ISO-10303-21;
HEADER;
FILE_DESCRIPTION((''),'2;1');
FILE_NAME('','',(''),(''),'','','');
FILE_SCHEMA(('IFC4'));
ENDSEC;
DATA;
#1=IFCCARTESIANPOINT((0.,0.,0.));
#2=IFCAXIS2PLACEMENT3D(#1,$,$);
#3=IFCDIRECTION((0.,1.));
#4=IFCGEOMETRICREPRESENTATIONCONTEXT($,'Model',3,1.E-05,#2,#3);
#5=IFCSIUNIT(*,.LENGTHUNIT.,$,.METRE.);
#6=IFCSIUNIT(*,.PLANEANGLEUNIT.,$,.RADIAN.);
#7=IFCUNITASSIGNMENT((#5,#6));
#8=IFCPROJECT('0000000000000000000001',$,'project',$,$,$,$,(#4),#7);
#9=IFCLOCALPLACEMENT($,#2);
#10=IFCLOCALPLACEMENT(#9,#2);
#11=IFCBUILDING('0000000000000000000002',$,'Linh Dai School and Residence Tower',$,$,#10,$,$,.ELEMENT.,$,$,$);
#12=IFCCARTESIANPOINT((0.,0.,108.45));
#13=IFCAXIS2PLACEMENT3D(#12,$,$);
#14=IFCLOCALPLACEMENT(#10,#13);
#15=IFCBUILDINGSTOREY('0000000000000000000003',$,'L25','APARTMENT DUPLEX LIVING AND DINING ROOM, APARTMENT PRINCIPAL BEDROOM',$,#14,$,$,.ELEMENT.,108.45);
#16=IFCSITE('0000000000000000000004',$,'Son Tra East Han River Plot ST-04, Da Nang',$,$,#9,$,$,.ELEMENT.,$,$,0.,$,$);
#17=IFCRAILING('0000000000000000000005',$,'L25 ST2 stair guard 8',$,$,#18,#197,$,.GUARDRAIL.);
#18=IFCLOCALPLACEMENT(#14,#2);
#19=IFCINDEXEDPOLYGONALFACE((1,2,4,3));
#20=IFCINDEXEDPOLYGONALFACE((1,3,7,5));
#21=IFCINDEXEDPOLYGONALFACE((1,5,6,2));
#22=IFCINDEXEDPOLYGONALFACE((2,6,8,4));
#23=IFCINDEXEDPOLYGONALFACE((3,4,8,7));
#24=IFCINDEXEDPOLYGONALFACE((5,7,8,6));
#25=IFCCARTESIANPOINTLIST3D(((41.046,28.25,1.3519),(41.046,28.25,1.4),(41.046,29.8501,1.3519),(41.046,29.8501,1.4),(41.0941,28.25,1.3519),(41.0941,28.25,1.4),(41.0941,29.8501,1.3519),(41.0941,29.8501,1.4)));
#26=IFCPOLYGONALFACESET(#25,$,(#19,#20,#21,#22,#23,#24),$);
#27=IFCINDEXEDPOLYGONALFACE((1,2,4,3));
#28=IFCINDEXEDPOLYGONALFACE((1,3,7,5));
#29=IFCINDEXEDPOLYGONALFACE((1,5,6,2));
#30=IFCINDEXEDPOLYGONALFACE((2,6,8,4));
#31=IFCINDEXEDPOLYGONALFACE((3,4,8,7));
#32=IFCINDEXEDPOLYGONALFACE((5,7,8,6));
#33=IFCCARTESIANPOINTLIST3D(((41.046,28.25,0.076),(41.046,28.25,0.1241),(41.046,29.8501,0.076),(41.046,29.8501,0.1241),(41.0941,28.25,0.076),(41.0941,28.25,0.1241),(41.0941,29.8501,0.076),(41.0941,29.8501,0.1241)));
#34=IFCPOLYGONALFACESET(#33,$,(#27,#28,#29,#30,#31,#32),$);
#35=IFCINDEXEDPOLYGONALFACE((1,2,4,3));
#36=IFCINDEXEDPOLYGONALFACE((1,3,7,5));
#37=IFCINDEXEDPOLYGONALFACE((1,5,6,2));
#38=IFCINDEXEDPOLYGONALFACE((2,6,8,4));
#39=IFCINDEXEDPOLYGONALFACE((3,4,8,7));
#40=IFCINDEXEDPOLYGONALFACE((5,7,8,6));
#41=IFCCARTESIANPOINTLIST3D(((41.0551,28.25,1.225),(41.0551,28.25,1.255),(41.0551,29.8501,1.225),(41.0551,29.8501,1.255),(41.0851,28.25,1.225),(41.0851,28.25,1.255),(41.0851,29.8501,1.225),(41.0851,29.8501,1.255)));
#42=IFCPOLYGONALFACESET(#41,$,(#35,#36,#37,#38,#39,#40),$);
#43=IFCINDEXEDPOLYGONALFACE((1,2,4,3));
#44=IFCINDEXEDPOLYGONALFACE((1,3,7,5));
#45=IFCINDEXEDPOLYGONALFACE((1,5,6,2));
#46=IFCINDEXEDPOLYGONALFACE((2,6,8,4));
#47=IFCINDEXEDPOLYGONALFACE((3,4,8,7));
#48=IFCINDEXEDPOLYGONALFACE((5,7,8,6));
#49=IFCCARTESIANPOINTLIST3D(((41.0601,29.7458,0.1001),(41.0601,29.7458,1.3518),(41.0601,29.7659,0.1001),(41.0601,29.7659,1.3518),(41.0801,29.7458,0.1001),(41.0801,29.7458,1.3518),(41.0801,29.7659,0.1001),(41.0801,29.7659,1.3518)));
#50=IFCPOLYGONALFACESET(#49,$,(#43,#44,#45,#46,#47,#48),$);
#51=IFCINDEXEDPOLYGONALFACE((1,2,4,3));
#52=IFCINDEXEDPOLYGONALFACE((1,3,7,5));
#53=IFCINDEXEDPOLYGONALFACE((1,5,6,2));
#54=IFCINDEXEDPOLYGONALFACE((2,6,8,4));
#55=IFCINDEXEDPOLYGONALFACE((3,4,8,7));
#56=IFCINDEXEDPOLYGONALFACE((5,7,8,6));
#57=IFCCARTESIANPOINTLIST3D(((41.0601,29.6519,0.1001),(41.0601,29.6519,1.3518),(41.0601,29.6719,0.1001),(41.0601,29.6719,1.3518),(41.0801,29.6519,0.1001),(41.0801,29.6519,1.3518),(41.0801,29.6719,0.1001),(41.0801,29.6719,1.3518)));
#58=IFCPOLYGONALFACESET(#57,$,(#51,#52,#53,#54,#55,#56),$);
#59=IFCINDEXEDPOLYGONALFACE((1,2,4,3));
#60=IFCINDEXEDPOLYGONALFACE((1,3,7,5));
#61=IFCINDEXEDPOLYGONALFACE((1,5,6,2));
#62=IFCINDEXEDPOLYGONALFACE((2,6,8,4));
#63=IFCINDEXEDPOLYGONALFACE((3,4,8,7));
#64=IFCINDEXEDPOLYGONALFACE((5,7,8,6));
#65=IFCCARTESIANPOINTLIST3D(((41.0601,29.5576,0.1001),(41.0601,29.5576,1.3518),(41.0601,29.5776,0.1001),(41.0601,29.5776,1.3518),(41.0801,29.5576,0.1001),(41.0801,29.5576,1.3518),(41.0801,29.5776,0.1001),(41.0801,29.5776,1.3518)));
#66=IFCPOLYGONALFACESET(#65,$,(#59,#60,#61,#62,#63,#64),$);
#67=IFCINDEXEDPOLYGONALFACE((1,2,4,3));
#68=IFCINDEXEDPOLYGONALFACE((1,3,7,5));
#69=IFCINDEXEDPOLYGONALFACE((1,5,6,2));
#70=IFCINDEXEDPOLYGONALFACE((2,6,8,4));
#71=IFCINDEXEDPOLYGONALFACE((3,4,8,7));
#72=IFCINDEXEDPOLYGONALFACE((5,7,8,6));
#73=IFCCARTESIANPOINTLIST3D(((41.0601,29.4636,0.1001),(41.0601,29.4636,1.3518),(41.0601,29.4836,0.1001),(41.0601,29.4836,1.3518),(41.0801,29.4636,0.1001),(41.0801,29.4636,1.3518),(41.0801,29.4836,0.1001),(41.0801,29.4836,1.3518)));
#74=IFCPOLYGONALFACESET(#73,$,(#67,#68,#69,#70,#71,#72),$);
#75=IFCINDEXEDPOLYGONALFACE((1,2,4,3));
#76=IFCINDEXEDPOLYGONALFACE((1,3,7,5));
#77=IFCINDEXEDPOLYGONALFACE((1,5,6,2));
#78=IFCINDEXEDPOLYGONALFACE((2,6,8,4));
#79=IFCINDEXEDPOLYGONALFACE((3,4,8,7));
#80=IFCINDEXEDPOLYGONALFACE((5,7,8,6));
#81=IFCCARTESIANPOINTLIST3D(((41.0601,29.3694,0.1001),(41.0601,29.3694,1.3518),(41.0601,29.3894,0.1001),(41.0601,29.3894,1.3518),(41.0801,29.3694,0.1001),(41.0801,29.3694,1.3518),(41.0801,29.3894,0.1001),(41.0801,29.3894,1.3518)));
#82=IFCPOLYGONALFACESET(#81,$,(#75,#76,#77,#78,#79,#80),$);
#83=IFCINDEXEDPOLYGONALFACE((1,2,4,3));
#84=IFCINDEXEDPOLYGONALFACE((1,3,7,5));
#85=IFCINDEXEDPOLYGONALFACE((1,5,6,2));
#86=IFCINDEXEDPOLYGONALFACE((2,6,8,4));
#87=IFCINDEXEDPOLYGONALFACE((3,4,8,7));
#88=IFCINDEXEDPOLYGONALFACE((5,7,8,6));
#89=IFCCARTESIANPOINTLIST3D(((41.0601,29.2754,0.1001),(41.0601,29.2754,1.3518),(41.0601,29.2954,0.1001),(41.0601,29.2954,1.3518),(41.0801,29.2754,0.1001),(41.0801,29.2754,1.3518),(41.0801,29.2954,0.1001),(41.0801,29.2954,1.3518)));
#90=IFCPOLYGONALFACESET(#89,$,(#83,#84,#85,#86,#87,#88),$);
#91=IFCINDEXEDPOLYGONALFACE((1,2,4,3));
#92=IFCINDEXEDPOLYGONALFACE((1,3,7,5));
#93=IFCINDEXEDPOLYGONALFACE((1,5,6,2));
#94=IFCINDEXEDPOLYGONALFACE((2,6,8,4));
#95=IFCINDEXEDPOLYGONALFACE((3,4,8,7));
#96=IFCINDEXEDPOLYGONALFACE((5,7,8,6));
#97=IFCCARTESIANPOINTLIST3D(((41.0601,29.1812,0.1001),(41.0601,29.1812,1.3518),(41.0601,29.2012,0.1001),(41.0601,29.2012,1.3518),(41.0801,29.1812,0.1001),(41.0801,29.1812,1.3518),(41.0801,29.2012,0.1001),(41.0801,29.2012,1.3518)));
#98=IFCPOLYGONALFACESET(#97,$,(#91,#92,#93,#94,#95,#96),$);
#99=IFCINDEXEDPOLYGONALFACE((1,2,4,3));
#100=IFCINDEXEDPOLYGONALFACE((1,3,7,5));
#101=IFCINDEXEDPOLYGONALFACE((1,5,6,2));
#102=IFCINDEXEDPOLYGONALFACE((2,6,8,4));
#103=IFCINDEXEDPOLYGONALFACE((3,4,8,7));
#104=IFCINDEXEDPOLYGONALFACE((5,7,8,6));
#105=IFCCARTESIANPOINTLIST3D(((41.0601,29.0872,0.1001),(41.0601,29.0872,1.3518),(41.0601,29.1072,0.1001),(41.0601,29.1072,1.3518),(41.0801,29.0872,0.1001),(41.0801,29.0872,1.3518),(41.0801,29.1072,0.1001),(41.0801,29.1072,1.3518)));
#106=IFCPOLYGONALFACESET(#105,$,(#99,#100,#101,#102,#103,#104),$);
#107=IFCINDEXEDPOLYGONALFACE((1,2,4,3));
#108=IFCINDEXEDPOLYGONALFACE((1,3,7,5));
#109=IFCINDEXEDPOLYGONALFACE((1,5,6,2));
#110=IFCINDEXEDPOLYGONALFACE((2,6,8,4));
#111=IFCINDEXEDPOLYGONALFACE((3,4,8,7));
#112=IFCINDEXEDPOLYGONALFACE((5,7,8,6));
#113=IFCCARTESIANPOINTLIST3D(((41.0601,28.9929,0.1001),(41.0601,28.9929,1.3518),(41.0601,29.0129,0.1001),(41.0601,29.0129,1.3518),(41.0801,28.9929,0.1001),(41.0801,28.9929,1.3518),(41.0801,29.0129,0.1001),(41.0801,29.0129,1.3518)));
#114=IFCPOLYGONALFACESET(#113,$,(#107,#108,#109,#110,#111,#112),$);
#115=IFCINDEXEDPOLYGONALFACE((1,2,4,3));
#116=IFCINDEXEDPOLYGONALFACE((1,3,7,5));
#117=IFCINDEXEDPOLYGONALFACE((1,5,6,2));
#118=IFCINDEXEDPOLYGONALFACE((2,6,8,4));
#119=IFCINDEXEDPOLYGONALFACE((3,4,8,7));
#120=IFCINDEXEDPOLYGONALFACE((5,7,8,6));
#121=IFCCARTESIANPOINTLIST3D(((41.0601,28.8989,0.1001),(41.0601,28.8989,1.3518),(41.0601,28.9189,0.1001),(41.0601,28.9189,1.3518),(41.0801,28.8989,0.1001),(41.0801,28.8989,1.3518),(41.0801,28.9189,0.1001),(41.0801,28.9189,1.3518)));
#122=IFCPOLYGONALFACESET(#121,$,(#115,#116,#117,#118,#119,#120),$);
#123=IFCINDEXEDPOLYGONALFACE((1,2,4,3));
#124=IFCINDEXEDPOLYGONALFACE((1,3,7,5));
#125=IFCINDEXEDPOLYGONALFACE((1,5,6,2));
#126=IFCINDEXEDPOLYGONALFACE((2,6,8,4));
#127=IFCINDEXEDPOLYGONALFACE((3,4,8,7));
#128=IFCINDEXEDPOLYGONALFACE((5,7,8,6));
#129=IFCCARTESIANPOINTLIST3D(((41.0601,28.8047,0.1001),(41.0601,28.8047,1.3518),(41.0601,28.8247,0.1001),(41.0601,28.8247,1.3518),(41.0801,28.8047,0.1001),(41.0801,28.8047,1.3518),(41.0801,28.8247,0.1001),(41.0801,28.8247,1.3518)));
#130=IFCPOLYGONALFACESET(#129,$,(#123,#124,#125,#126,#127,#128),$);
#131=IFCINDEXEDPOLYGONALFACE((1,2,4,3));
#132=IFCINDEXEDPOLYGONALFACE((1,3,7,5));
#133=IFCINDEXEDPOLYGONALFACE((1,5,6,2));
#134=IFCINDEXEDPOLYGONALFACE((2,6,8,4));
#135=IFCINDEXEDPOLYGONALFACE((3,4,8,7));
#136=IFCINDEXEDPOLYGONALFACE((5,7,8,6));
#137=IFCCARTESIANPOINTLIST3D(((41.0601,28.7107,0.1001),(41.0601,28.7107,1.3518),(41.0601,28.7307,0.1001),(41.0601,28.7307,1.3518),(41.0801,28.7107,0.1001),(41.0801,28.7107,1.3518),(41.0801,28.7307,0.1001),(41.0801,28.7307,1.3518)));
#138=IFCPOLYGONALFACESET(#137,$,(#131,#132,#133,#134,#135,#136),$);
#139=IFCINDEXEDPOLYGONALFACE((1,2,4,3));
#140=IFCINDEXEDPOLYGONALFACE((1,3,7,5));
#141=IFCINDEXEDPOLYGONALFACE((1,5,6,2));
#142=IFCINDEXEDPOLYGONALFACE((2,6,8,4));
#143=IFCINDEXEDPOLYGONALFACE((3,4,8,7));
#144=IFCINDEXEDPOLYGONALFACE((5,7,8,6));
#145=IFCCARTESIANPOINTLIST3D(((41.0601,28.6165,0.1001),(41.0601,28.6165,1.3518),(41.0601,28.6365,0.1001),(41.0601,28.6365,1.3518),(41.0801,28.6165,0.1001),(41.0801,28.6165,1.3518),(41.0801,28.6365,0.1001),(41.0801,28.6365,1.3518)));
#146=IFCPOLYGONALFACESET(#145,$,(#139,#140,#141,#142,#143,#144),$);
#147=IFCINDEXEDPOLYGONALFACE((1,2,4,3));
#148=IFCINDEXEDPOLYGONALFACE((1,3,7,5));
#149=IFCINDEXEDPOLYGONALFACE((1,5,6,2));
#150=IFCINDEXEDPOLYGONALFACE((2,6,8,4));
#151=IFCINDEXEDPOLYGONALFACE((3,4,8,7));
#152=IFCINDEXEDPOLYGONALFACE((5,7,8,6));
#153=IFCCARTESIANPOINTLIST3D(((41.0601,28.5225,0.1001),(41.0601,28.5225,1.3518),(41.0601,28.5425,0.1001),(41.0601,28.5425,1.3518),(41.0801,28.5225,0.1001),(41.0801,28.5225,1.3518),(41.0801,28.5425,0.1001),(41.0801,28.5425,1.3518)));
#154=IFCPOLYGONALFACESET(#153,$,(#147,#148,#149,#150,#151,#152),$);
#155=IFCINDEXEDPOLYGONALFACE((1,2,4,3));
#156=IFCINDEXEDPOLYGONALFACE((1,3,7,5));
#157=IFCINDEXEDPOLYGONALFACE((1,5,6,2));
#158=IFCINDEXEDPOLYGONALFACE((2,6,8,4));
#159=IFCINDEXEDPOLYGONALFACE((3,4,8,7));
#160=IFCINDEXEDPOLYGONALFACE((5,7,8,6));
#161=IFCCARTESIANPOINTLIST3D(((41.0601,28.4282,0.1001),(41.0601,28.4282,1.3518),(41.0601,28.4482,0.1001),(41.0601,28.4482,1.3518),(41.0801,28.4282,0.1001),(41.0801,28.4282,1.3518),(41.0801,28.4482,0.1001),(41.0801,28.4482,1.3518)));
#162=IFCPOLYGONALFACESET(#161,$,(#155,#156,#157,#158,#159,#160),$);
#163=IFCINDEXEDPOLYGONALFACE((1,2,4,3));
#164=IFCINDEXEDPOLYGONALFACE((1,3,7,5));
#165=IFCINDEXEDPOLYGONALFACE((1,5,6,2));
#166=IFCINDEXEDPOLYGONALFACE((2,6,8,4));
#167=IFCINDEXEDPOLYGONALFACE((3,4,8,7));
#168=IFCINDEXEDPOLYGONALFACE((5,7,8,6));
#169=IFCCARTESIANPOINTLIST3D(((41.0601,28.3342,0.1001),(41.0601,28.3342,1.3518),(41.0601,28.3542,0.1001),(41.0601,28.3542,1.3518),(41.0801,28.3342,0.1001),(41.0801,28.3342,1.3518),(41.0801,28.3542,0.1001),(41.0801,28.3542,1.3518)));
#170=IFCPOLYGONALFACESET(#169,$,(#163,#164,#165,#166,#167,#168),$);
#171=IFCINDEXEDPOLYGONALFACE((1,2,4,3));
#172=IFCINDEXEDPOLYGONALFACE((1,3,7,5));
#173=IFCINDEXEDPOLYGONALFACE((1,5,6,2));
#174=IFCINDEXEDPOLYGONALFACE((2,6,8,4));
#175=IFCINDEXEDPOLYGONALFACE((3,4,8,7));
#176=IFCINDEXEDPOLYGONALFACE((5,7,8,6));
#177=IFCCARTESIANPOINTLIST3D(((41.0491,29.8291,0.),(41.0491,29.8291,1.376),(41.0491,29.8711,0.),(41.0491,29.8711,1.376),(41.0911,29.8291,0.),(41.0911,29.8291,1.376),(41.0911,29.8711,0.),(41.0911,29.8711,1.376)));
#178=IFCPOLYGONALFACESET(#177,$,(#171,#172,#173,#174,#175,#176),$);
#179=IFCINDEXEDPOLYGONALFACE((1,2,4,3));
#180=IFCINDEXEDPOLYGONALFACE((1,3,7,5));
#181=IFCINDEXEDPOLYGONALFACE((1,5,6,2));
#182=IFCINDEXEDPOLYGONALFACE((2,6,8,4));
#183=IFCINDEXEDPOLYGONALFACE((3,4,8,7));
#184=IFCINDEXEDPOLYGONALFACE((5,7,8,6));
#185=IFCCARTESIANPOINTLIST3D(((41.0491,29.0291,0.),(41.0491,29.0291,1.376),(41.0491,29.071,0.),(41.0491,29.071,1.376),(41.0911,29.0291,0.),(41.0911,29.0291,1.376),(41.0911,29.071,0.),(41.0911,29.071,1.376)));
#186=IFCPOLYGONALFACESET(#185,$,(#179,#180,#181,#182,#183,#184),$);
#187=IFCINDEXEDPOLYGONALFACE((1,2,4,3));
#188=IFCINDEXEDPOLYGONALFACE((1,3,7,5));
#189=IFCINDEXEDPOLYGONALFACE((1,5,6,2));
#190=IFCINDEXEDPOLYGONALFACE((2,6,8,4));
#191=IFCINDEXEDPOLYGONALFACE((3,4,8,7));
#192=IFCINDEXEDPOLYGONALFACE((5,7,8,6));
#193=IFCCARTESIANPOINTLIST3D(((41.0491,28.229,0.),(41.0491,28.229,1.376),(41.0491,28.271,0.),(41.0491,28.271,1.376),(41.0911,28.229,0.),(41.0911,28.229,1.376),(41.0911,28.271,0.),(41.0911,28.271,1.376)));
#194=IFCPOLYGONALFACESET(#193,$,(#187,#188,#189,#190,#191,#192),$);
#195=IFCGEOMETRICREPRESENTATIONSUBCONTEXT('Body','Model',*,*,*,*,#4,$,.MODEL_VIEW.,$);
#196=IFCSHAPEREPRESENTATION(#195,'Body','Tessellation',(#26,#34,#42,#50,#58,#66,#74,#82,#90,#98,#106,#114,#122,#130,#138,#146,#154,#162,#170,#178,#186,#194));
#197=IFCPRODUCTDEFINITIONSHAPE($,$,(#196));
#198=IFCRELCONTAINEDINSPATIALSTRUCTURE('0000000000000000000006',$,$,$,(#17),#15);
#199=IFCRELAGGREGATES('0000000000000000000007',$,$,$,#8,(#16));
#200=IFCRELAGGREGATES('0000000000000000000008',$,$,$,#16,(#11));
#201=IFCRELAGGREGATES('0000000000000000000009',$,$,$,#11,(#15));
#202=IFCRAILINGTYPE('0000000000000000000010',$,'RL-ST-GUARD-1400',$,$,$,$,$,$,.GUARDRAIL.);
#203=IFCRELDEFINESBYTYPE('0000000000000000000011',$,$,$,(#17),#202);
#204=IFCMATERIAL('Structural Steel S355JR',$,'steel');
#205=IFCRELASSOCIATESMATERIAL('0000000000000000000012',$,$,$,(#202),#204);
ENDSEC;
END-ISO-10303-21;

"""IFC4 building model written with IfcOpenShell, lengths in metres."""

from ifc_helpers import new_model, si_unit, direction, frame, origin, origin_2d, place, context, subcontext, project, spatial, rectangle, extrude, source, transform, mapped, material, type_object, element, save


model = new_model("IFC4")

# Units and contexts
model_context = context("Model", 3, precision=1e-05, world=origin(), true_north=direction((0.0, 1.0)))
body_context = subcontext(model_context, "Body", "Model", "MODEL_VIEW")
ifc_project = project(units=[si_unit("LENGTHUNIT", "METRE"), si_unit("PLANEANGLEUNIT", "RADIAN")], contexts=[model_context])

# Site, building, storey
site_placement = place(None, origin())
site = spatial("IfcSite", under=ifc_project, at=site_placement, Name="Son Tra East Han River Plot ST-04, Da Nang", CompositionType="ELEMENT", RefElevation=0.0)
building_placement = place(site_placement, origin())
building = spatial("IfcBuilding", under=site, at=building_placement, Name="Linh Dai School and Residence Tower", CompositionType="ELEMENT")
storey_placement = place(building_placement, frame((0.0, 0.0, 108.45)))
storey = spatial("IfcBuildingStorey", under=building, at=storey_placement, Name="L25", Description="APARTMENT DUPLEX LIVING AND DINING ROOM, APARTMENT PRINCIPAL BEDROOM", CompositionType="ELEMENT", Elevation=108.45)

# Shared definitions
ifc_material_1 = material(Name="Structural Steel S355JR", Category="steel")

# Railing
railing_type_1 = type_object("IfcRailingType", Name="RL-ST-GUARD-1400", PredefinedType="GUARDRAIL", material=ifc_material_1)
shared_shape_1 = source(origin(), body_context, "Body", "SweptSolid", [
    extrude(rectangle(XDim=0.0481, YDim=0.0481, at=origin_2d()), frame((0.0, 0.0, 1.376), z_axis=(0.0, -1.0, 0.0), x_axis=(1.0, 0.0, 0.0)), (0.0, 0.0, 1.0), 1.6001),
    extrude(rectangle(XDim=0.0481, YDim=0.0481, at=origin_2d()), frame((0.0, 0.0, 0.1001), z_axis=(0.0, -1.0, 0.0), x_axis=(1.0, 0.0, 0.0)), (0.0, 0.0, 1.0), 1.6001),
    extrude(rectangle(XDim=0.03, YDim=0.03, at=origin_2d()), frame((0.0, 0.0, 1.24), z_axis=(0.0, -1.0, 0.0), x_axis=(1.0, 0.0, 0.0)), (0.0, 0.0, 1.0), 1.6001),
    extrude(rectangle(XDim=0.02, YDim=0.02, at=origin_2d()), frame((0.0, -0.0942, 0.1001)), (0.0, 0.0, 1.0), 1.2517),
    extrude(rectangle(XDim=0.02, YDim=0.02, at=origin_2d()), frame((0.0, -0.1882, 0.1001)), (0.0, 0.0, 1.0), 1.2517),
    extrude(rectangle(XDim=0.02, YDim=0.02, at=origin_2d()), frame((0.0, -0.2825, 0.1001)), (0.0, 0.0, 1.0), 1.2517),
    extrude(rectangle(XDim=0.02, YDim=0.02, at=origin_2d()), frame((0.0, -0.3765, 0.1001)), (0.0, 0.0, 1.0), 1.2517),
    extrude(rectangle(XDim=0.02, YDim=0.02, at=origin_2d()), frame((0.0, -0.4707, 0.1001)), (0.0, 0.0, 1.0), 1.2517),
    extrude(rectangle(XDim=0.02, YDim=0.02, at=origin_2d()), frame((0.0, -0.5647, 0.1001)), (0.0, 0.0, 1.0), 1.2517),
    extrude(rectangle(XDim=0.02, YDim=0.02, at=origin_2d()), frame((0.0, -0.6589, 0.1001)), (0.0, 0.0, 1.0), 1.2517),
    extrude(rectangle(XDim=0.02, YDim=0.02, at=origin_2d()), frame((0.0, -0.7529, 0.1001)), (0.0, 0.0, 1.0), 1.2517),
    extrude(rectangle(XDim=0.02, YDim=0.02, at=origin_2d()), frame((0.0, -0.8472, 0.1001)), (0.0, 0.0, 1.0), 1.2517),
    extrude(rectangle(XDim=0.02, YDim=0.02, at=origin_2d()), frame((0.0, -0.9412, 0.1001)), (0.0, 0.0, 1.0), 1.2517),
    extrude(rectangle(XDim=0.02, YDim=0.02, at=origin_2d()), frame((0.0, -1.0354, 0.1001)), (0.0, 0.0, 1.0), 1.2517),
    extrude(rectangle(XDim=0.02, YDim=0.02, at=origin_2d()), frame((0.0, -1.1294, 0.1001)), (0.0, 0.0, 1.0), 1.2517),
    extrude(rectangle(XDim=0.02, YDim=0.02, at=origin_2d()), frame((0.0, -1.2236, 0.1001)), (0.0, 0.0, 1.0), 1.2517),
    extrude(rectangle(XDim=0.02, YDim=0.02, at=origin_2d()), frame((0.0, -1.3176, 0.1001)), (0.0, 0.0, 1.0), 1.2517),
    extrude(rectangle(XDim=0.02, YDim=0.02, at=origin_2d()), frame((0.0, -1.4119, 0.1001)), (0.0, 0.0, 1.0), 1.2517),
    extrude(rectangle(XDim=0.02, YDim=0.02, at=origin_2d()), frame((0.0, -1.5059, 0.1001)), (0.0, 0.0, 1.0), 1.2517),
    extrude(rectangle(XDim=0.042, YDim=0.042, at=origin_2d()), origin(), (0.0, 0.0, 1.0), 1.376),
    extrude(rectangle(XDim=0.042, YDim=0.042, at=origin_2d()), frame((0.0, -0.8, 0.0)), (0.0, 0.0, 1.0), 1.376),
    extrude(rectangle(XDim=0.042, YDim=0.042, at=origin_2d()), frame((0.0, -1.6001, 0.0)), (0.0, 0.0, 1.0), 1.376),
])
for number, where, name in (
    (1, (41.0701, 29.8501, 0.0), "L25 ST2 stair guard 8"),
):
    element("IfcRailing", number, at=place(storey_placement, frame(where)), inside=storey, type_object=railing_type_1, Name=name, PredefinedType="GUARDRAIL", context=body_context, shape_type="MappedRepresentation", body=[
        mapped(shared_shape_1, transform((0.0, 0.0, 0.0), x_axis=(1.0, 0.0, 0.0), y_axis=(0.0, 1.0, 0.0), z_axis=(0.0, 0.0, 1.0), scale=1.0)),
    ])

save(model, "model.ifc")
